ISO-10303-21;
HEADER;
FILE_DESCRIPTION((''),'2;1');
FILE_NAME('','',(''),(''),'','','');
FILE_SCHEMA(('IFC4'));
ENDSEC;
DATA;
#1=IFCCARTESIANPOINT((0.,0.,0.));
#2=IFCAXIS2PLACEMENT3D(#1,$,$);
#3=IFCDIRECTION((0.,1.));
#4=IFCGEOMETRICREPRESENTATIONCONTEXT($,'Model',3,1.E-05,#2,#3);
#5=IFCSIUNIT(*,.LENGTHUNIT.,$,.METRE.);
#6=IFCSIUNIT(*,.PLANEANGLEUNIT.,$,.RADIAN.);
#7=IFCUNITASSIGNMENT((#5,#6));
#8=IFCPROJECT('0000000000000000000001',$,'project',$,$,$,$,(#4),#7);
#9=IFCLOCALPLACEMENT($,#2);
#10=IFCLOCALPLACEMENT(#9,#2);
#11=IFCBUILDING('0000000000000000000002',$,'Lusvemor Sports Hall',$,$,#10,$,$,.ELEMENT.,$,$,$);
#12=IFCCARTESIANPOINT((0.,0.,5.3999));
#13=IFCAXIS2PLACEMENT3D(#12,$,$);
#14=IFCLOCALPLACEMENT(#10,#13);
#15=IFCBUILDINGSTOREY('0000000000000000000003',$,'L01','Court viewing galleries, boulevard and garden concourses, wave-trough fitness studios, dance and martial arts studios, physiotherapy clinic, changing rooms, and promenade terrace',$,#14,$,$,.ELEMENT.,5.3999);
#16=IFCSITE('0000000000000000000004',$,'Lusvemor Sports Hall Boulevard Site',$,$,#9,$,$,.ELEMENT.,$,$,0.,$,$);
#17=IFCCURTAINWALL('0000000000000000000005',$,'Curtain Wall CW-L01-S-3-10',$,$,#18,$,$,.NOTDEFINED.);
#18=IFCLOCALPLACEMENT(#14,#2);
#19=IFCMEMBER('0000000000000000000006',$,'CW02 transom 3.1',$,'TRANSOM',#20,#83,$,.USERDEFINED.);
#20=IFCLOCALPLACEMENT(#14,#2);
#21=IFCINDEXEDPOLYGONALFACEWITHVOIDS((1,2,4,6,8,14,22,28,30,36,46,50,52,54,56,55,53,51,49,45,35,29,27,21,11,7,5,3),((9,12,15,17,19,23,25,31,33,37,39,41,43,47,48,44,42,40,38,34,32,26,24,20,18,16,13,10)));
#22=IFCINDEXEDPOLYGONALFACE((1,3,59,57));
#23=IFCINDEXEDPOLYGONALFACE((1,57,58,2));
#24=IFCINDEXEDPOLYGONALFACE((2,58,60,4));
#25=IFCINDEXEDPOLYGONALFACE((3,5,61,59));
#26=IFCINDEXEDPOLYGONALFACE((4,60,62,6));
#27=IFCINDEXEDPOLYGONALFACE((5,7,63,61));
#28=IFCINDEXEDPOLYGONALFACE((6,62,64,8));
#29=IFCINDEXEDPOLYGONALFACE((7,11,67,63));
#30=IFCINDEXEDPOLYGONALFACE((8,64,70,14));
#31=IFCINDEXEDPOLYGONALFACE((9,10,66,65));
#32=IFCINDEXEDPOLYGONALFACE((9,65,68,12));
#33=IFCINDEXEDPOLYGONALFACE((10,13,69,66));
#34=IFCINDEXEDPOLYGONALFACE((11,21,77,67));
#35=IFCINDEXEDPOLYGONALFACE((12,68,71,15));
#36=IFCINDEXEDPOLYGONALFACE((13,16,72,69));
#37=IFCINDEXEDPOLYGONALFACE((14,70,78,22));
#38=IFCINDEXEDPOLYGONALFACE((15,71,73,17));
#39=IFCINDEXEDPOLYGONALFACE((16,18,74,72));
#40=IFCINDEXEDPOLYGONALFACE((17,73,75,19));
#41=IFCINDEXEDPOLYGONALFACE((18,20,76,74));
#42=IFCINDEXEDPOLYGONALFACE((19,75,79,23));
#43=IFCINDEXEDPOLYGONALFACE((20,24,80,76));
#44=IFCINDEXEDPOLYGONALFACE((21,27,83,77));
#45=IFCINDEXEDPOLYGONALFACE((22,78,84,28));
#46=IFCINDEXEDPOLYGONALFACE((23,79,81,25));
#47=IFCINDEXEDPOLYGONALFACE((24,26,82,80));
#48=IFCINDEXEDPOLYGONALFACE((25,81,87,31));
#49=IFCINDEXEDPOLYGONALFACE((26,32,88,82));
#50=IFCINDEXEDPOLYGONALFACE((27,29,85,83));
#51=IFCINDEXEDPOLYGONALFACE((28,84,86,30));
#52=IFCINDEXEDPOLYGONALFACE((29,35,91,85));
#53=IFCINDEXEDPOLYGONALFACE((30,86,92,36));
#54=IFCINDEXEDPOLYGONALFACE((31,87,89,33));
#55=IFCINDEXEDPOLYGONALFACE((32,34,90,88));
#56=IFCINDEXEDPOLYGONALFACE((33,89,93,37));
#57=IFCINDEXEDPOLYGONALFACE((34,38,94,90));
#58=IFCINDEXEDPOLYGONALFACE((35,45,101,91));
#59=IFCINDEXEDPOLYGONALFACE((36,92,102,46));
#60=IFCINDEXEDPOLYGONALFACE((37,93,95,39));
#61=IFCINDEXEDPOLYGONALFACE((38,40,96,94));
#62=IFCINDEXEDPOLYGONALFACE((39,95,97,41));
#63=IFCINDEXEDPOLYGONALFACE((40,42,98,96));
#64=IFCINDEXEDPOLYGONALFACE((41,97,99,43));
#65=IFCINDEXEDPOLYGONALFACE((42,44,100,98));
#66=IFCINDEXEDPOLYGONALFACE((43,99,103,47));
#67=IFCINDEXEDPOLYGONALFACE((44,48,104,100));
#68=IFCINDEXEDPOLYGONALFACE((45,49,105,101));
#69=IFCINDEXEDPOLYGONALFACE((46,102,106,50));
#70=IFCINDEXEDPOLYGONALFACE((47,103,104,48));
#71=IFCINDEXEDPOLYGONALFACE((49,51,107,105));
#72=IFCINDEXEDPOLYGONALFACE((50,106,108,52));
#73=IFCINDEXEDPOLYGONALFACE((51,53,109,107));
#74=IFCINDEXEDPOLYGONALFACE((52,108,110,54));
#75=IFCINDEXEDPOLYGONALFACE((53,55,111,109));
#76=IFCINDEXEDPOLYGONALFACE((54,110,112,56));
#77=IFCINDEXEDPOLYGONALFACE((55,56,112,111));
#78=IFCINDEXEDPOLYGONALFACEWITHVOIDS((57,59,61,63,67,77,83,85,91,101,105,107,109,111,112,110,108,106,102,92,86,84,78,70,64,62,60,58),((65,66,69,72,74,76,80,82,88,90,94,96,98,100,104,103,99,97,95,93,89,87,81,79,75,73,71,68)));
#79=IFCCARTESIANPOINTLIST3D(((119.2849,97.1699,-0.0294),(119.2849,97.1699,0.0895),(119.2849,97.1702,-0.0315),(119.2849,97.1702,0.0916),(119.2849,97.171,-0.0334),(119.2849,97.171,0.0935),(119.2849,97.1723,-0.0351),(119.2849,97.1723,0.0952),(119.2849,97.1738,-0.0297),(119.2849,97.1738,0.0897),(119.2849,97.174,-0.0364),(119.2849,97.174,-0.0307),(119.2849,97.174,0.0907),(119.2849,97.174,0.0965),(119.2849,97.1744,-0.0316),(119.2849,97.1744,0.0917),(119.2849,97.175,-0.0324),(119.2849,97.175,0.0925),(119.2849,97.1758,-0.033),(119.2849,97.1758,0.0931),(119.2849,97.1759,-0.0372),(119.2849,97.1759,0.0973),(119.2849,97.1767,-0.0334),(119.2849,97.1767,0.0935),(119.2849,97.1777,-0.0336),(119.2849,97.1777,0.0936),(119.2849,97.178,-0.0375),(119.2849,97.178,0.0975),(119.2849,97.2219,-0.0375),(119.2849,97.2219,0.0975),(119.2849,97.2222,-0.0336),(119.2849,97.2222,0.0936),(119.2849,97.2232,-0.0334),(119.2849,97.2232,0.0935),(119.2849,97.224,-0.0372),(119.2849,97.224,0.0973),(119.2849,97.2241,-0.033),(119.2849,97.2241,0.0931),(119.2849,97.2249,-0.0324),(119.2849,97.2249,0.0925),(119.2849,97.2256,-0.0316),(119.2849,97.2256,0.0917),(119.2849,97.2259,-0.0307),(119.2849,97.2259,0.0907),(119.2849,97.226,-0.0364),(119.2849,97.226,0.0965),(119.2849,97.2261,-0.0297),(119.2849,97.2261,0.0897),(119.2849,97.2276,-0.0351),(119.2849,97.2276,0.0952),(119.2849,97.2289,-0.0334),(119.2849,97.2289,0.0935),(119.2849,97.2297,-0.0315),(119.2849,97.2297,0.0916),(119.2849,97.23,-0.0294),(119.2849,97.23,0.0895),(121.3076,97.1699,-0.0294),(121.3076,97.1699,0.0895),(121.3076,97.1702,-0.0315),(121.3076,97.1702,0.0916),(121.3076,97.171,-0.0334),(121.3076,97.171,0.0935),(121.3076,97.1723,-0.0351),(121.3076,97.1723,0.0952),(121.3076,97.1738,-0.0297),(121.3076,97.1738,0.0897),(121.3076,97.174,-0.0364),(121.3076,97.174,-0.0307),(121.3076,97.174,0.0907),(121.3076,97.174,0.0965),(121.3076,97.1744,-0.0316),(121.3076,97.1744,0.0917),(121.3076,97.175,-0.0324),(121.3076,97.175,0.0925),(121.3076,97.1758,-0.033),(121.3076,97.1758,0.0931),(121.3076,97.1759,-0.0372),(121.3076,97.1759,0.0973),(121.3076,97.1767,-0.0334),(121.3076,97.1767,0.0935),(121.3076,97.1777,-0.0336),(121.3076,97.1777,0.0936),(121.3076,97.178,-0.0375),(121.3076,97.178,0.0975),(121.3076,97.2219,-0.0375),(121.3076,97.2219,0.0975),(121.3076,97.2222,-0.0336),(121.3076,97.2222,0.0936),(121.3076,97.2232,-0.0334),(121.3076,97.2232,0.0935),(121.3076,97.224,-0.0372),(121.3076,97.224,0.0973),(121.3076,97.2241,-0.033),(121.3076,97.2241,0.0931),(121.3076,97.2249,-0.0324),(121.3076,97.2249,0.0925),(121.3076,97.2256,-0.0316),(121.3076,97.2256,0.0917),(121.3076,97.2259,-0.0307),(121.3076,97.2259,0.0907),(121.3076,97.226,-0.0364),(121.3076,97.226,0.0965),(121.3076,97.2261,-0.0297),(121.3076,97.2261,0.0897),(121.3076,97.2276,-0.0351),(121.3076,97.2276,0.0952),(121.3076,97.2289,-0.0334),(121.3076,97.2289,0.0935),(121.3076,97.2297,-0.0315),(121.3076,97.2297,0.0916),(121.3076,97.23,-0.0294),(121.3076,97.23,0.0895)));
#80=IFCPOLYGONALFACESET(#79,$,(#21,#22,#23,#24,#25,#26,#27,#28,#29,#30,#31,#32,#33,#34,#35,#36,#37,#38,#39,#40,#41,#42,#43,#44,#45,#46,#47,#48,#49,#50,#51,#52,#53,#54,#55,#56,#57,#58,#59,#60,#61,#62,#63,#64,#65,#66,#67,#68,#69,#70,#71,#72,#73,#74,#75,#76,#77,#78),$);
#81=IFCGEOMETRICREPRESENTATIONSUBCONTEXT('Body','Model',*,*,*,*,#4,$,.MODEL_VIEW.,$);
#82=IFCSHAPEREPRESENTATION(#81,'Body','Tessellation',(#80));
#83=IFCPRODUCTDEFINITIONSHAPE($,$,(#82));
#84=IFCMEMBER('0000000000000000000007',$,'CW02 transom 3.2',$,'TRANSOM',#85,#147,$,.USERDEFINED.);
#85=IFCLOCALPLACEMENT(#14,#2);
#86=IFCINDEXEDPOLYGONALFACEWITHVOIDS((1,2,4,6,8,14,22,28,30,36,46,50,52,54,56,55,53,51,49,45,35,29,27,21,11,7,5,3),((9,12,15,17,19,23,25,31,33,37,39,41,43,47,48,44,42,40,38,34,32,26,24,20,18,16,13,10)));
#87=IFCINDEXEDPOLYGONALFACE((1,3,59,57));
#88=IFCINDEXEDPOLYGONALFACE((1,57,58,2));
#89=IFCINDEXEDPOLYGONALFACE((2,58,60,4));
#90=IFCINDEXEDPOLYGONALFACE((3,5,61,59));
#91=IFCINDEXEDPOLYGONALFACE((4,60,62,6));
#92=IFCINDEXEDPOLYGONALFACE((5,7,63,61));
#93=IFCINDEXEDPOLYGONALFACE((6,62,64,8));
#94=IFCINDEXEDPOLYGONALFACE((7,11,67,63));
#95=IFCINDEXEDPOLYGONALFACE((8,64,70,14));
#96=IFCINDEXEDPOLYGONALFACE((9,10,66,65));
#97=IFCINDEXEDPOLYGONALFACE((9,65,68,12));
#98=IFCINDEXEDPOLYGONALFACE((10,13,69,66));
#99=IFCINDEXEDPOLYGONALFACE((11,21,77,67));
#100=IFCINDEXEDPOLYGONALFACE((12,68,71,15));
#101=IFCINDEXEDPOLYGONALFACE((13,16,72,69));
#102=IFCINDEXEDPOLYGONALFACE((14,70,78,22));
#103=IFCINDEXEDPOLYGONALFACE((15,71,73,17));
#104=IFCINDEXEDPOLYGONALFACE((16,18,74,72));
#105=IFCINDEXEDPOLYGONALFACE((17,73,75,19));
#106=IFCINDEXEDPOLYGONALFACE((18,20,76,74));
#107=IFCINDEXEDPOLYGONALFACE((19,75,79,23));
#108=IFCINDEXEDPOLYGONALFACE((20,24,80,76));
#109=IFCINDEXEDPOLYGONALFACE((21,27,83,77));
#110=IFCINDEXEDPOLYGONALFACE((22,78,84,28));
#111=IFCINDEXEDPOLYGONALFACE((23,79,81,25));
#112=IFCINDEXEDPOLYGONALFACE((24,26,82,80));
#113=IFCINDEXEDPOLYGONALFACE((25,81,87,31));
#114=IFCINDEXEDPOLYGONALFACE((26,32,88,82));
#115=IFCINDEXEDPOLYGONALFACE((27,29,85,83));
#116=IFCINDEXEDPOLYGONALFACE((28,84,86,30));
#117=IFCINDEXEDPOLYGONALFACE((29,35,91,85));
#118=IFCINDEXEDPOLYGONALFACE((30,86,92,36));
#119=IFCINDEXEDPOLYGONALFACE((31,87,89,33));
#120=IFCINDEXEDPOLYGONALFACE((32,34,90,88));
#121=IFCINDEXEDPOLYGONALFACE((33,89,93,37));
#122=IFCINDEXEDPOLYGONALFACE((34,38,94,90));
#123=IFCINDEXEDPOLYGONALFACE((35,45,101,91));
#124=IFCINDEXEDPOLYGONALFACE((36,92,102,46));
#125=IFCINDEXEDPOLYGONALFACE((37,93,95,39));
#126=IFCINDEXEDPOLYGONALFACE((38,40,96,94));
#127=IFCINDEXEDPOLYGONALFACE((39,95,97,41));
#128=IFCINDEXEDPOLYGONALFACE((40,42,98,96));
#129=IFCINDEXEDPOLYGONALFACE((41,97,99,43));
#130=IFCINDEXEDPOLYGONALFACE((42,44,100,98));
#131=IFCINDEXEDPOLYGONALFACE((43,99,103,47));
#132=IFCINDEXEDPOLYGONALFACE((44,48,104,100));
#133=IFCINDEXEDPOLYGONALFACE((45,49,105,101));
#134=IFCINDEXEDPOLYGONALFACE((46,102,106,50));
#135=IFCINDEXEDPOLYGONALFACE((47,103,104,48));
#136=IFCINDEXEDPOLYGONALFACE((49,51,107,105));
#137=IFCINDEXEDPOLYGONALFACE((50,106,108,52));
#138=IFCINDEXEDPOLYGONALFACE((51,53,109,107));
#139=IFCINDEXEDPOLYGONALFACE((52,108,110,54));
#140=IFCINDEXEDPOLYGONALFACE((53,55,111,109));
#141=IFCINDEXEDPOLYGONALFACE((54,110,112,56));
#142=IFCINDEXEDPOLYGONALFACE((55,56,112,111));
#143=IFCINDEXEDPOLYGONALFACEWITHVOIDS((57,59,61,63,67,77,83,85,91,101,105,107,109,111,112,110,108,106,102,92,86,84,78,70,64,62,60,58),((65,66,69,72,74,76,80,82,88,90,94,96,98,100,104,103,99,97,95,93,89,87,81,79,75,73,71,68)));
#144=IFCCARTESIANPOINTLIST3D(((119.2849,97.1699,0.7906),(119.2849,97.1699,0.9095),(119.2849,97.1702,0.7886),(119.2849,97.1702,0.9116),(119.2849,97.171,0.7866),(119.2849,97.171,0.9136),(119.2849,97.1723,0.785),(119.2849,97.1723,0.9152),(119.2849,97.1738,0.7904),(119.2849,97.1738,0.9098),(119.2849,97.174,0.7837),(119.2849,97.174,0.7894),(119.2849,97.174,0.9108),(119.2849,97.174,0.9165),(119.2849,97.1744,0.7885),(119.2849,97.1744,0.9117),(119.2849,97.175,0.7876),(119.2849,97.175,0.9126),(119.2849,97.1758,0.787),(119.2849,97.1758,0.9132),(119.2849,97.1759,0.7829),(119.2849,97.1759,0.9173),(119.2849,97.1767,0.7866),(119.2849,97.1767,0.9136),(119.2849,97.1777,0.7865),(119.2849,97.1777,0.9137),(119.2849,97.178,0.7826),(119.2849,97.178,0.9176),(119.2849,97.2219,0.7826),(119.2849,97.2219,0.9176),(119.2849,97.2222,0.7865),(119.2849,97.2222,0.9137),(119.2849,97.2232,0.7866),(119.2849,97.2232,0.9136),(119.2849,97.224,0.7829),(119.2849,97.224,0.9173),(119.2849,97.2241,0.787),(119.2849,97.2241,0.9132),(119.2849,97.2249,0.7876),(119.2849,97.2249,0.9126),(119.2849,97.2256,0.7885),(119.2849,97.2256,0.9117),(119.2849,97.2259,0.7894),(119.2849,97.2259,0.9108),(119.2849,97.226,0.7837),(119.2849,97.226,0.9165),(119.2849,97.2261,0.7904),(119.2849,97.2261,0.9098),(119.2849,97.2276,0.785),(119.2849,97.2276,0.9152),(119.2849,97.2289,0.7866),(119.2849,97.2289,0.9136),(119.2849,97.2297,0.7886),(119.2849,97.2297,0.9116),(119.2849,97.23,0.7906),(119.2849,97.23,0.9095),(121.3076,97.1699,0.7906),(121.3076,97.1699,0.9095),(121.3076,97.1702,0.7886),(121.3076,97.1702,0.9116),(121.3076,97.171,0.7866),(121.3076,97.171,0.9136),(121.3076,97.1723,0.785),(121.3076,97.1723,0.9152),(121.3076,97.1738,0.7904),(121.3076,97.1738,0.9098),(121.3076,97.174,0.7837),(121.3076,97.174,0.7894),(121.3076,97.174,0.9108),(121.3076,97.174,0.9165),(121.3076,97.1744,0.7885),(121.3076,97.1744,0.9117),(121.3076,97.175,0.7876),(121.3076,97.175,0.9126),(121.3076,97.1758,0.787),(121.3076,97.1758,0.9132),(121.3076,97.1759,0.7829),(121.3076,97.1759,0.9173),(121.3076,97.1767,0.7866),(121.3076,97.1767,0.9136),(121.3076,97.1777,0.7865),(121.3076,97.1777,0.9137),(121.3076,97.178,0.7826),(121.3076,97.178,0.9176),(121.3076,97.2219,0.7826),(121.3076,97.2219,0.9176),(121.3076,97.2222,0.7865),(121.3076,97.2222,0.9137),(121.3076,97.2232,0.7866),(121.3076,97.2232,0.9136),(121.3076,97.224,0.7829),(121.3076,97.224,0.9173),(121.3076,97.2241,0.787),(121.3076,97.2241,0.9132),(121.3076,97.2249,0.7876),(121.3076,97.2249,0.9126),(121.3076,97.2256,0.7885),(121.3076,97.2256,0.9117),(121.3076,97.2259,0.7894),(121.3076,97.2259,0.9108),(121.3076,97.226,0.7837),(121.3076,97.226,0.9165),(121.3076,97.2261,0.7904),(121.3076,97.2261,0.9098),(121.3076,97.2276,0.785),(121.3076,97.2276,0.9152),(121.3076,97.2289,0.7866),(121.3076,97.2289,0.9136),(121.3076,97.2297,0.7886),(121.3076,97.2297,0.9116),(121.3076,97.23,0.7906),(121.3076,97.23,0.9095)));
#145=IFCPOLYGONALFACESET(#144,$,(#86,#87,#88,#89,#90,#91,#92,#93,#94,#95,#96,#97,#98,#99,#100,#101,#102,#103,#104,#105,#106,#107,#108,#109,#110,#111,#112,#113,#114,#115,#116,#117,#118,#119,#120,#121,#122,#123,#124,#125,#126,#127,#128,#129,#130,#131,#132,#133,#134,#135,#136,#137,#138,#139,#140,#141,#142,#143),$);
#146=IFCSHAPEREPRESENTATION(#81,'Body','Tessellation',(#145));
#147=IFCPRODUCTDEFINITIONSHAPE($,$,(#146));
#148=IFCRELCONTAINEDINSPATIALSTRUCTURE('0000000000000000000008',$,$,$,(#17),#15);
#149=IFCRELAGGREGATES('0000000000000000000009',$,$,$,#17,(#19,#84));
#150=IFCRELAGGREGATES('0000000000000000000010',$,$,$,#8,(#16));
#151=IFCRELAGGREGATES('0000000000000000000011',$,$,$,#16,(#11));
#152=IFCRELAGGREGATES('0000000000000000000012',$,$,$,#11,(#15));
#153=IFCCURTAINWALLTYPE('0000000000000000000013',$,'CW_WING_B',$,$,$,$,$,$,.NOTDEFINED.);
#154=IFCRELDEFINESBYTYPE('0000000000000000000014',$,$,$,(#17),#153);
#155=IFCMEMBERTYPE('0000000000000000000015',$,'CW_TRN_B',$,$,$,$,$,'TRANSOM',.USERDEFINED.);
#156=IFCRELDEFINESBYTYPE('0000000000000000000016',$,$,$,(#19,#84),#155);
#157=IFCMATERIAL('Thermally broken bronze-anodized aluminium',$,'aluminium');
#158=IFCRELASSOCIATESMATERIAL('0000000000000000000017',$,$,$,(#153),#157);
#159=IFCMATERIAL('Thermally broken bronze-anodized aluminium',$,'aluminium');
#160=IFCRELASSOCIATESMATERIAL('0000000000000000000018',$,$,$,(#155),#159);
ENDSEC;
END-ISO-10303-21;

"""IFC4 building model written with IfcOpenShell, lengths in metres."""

from ifc_helpers import new_model, si_unit, direction, frame, origin, origin_2d, place, context, subcontext, project, spatial, hollow_rectangle, extrude, material, material_profile, profile_set, type_object, element, aggregate, save


model = new_model("IFC4")

# Units and contexts
model_context = context("Model", 3, precision=1e-05, world=origin(), true_north=direction((0.0, 1.0)))
body_context = subcontext(model_context, "Body", "Model", "MODEL_VIEW")
ifc_project = project(units=[si_unit("LENGTHUNIT", "METRE"), si_unit("PLANEANGLEUNIT", "RADIAN")], contexts=[model_context])

# Site, building, storey
site_placement = place(None, origin())
site = spatial("IfcSite", under=ifc_project, at=site_placement, Name="Lusvemor Sports Hall Boulevard Site", CompositionType="ELEMENT", RefElevation=0.0)
building_placement = place(site_placement, origin())
building = spatial("IfcBuilding", under=site, at=building_placement, Name="Lusvemor Sports Hall", CompositionType="ELEMENT")
storey_placement = place(building_placement, frame((0.0, 0.0, 5.3999)))
storey = spatial("IfcBuildingStorey", under=building, at=storey_placement, Name="L01", Description="Court viewing galleries, boulevard and garden concourses, wave-trough fitness studios, dance and martial arts studios, physiotherapy clinic, changing rooms, and promenade terrace", CompositionType="ELEMENT", Elevation=5.3999)

# Curtain wall
ifc_material_1 = material(Name="Thermally broken bronze-anodized aluminium", Category="aluminium")
curtain_wall_type = type_object("IfcCurtainWallType", Name="CW_WING_B", PredefinedType="NOTDEFINED", material=ifc_material_1)
curtain_wall_1_placement = place(storey_placement, origin())
curtain_wall_1 = element("IfcCurtainWall", 1, at=curtain_wall_1_placement, inside=storey, type_object=curtain_wall_type, Name="Curtain Wall CW-L01-S-3-10", PredefinedType="NOTDEFINED")

# Members
ifc_material_2 = material(Name="Thermally broken bronze-anodized aluminium", Category="aluminium")
ifc_material_profile_1 = material_profile(ifc_material_2, hollow_rectangle(XDim=0.0601, YDim=0.135, WallThickness=0.0039, InnerFilletRadius=0.0039, OuterFilletRadius=0.0081, at=origin_2d()), Name="CWTRN135x60x4")
ifc_profile_set_1 = profile_set([ifc_material_profile_1], Name="Thermally broken bronze-anodized aluminium")
member_type_1 = type_object("IfcMemberType", Name="CW_TRN_B", ElementType="TRANSOM", PredefinedType="USERDEFINED", material=ifc_profile_set_1)
member_1_placement = place(storey_placement, frame((121.3076, 97.2, 0.03), z_axis=(-1.0, 0.0, 0.0), x_axis=(0.0, -1.0, 0.0)))
member_1 = element("IfcMember", 2, at=member_1_placement, type_object=member_type_1, Name="CW02 transom 3.1", ObjectType="TRANSOM", PredefinedType="USERDEFINED", context=body_context, shape_type="SweptSolid", body=[
    extrude(hollow_rectangle(XDim=0.0601, YDim=0.135, WallThickness=0.0039, InnerFilletRadius=0.0039, OuterFilletRadius=0.0081, at=origin_2d()), origin(), (0.0, 0.0, 1.0), 2.0227),
])
member_2_placement = place(storey_placement, frame((121.3076, 97.2, 0.8501), z_axis=(-1.0, 0.0, 0.0), x_axis=(0.0, -1.0, 0.0)))
member_2 = element("IfcMember", 3, at=member_2_placement, type_object=member_type_1, Name="CW02 transom 3.2", ObjectType="TRANSOM", PredefinedType="USERDEFINED", context=body_context, shape_type="SweptSolid", body=[
    extrude(hollow_rectangle(XDim=0.0601, YDim=0.135, WallThickness=0.0039, InnerFilletRadius=0.0039, OuterFilletRadius=0.0081, at=origin_2d()), origin(), (0.0, 0.0, 1.0), 2.0227),
])

aggregate(curtain_wall_1, [member_1, member_2])

save(model, "model.ifc")
